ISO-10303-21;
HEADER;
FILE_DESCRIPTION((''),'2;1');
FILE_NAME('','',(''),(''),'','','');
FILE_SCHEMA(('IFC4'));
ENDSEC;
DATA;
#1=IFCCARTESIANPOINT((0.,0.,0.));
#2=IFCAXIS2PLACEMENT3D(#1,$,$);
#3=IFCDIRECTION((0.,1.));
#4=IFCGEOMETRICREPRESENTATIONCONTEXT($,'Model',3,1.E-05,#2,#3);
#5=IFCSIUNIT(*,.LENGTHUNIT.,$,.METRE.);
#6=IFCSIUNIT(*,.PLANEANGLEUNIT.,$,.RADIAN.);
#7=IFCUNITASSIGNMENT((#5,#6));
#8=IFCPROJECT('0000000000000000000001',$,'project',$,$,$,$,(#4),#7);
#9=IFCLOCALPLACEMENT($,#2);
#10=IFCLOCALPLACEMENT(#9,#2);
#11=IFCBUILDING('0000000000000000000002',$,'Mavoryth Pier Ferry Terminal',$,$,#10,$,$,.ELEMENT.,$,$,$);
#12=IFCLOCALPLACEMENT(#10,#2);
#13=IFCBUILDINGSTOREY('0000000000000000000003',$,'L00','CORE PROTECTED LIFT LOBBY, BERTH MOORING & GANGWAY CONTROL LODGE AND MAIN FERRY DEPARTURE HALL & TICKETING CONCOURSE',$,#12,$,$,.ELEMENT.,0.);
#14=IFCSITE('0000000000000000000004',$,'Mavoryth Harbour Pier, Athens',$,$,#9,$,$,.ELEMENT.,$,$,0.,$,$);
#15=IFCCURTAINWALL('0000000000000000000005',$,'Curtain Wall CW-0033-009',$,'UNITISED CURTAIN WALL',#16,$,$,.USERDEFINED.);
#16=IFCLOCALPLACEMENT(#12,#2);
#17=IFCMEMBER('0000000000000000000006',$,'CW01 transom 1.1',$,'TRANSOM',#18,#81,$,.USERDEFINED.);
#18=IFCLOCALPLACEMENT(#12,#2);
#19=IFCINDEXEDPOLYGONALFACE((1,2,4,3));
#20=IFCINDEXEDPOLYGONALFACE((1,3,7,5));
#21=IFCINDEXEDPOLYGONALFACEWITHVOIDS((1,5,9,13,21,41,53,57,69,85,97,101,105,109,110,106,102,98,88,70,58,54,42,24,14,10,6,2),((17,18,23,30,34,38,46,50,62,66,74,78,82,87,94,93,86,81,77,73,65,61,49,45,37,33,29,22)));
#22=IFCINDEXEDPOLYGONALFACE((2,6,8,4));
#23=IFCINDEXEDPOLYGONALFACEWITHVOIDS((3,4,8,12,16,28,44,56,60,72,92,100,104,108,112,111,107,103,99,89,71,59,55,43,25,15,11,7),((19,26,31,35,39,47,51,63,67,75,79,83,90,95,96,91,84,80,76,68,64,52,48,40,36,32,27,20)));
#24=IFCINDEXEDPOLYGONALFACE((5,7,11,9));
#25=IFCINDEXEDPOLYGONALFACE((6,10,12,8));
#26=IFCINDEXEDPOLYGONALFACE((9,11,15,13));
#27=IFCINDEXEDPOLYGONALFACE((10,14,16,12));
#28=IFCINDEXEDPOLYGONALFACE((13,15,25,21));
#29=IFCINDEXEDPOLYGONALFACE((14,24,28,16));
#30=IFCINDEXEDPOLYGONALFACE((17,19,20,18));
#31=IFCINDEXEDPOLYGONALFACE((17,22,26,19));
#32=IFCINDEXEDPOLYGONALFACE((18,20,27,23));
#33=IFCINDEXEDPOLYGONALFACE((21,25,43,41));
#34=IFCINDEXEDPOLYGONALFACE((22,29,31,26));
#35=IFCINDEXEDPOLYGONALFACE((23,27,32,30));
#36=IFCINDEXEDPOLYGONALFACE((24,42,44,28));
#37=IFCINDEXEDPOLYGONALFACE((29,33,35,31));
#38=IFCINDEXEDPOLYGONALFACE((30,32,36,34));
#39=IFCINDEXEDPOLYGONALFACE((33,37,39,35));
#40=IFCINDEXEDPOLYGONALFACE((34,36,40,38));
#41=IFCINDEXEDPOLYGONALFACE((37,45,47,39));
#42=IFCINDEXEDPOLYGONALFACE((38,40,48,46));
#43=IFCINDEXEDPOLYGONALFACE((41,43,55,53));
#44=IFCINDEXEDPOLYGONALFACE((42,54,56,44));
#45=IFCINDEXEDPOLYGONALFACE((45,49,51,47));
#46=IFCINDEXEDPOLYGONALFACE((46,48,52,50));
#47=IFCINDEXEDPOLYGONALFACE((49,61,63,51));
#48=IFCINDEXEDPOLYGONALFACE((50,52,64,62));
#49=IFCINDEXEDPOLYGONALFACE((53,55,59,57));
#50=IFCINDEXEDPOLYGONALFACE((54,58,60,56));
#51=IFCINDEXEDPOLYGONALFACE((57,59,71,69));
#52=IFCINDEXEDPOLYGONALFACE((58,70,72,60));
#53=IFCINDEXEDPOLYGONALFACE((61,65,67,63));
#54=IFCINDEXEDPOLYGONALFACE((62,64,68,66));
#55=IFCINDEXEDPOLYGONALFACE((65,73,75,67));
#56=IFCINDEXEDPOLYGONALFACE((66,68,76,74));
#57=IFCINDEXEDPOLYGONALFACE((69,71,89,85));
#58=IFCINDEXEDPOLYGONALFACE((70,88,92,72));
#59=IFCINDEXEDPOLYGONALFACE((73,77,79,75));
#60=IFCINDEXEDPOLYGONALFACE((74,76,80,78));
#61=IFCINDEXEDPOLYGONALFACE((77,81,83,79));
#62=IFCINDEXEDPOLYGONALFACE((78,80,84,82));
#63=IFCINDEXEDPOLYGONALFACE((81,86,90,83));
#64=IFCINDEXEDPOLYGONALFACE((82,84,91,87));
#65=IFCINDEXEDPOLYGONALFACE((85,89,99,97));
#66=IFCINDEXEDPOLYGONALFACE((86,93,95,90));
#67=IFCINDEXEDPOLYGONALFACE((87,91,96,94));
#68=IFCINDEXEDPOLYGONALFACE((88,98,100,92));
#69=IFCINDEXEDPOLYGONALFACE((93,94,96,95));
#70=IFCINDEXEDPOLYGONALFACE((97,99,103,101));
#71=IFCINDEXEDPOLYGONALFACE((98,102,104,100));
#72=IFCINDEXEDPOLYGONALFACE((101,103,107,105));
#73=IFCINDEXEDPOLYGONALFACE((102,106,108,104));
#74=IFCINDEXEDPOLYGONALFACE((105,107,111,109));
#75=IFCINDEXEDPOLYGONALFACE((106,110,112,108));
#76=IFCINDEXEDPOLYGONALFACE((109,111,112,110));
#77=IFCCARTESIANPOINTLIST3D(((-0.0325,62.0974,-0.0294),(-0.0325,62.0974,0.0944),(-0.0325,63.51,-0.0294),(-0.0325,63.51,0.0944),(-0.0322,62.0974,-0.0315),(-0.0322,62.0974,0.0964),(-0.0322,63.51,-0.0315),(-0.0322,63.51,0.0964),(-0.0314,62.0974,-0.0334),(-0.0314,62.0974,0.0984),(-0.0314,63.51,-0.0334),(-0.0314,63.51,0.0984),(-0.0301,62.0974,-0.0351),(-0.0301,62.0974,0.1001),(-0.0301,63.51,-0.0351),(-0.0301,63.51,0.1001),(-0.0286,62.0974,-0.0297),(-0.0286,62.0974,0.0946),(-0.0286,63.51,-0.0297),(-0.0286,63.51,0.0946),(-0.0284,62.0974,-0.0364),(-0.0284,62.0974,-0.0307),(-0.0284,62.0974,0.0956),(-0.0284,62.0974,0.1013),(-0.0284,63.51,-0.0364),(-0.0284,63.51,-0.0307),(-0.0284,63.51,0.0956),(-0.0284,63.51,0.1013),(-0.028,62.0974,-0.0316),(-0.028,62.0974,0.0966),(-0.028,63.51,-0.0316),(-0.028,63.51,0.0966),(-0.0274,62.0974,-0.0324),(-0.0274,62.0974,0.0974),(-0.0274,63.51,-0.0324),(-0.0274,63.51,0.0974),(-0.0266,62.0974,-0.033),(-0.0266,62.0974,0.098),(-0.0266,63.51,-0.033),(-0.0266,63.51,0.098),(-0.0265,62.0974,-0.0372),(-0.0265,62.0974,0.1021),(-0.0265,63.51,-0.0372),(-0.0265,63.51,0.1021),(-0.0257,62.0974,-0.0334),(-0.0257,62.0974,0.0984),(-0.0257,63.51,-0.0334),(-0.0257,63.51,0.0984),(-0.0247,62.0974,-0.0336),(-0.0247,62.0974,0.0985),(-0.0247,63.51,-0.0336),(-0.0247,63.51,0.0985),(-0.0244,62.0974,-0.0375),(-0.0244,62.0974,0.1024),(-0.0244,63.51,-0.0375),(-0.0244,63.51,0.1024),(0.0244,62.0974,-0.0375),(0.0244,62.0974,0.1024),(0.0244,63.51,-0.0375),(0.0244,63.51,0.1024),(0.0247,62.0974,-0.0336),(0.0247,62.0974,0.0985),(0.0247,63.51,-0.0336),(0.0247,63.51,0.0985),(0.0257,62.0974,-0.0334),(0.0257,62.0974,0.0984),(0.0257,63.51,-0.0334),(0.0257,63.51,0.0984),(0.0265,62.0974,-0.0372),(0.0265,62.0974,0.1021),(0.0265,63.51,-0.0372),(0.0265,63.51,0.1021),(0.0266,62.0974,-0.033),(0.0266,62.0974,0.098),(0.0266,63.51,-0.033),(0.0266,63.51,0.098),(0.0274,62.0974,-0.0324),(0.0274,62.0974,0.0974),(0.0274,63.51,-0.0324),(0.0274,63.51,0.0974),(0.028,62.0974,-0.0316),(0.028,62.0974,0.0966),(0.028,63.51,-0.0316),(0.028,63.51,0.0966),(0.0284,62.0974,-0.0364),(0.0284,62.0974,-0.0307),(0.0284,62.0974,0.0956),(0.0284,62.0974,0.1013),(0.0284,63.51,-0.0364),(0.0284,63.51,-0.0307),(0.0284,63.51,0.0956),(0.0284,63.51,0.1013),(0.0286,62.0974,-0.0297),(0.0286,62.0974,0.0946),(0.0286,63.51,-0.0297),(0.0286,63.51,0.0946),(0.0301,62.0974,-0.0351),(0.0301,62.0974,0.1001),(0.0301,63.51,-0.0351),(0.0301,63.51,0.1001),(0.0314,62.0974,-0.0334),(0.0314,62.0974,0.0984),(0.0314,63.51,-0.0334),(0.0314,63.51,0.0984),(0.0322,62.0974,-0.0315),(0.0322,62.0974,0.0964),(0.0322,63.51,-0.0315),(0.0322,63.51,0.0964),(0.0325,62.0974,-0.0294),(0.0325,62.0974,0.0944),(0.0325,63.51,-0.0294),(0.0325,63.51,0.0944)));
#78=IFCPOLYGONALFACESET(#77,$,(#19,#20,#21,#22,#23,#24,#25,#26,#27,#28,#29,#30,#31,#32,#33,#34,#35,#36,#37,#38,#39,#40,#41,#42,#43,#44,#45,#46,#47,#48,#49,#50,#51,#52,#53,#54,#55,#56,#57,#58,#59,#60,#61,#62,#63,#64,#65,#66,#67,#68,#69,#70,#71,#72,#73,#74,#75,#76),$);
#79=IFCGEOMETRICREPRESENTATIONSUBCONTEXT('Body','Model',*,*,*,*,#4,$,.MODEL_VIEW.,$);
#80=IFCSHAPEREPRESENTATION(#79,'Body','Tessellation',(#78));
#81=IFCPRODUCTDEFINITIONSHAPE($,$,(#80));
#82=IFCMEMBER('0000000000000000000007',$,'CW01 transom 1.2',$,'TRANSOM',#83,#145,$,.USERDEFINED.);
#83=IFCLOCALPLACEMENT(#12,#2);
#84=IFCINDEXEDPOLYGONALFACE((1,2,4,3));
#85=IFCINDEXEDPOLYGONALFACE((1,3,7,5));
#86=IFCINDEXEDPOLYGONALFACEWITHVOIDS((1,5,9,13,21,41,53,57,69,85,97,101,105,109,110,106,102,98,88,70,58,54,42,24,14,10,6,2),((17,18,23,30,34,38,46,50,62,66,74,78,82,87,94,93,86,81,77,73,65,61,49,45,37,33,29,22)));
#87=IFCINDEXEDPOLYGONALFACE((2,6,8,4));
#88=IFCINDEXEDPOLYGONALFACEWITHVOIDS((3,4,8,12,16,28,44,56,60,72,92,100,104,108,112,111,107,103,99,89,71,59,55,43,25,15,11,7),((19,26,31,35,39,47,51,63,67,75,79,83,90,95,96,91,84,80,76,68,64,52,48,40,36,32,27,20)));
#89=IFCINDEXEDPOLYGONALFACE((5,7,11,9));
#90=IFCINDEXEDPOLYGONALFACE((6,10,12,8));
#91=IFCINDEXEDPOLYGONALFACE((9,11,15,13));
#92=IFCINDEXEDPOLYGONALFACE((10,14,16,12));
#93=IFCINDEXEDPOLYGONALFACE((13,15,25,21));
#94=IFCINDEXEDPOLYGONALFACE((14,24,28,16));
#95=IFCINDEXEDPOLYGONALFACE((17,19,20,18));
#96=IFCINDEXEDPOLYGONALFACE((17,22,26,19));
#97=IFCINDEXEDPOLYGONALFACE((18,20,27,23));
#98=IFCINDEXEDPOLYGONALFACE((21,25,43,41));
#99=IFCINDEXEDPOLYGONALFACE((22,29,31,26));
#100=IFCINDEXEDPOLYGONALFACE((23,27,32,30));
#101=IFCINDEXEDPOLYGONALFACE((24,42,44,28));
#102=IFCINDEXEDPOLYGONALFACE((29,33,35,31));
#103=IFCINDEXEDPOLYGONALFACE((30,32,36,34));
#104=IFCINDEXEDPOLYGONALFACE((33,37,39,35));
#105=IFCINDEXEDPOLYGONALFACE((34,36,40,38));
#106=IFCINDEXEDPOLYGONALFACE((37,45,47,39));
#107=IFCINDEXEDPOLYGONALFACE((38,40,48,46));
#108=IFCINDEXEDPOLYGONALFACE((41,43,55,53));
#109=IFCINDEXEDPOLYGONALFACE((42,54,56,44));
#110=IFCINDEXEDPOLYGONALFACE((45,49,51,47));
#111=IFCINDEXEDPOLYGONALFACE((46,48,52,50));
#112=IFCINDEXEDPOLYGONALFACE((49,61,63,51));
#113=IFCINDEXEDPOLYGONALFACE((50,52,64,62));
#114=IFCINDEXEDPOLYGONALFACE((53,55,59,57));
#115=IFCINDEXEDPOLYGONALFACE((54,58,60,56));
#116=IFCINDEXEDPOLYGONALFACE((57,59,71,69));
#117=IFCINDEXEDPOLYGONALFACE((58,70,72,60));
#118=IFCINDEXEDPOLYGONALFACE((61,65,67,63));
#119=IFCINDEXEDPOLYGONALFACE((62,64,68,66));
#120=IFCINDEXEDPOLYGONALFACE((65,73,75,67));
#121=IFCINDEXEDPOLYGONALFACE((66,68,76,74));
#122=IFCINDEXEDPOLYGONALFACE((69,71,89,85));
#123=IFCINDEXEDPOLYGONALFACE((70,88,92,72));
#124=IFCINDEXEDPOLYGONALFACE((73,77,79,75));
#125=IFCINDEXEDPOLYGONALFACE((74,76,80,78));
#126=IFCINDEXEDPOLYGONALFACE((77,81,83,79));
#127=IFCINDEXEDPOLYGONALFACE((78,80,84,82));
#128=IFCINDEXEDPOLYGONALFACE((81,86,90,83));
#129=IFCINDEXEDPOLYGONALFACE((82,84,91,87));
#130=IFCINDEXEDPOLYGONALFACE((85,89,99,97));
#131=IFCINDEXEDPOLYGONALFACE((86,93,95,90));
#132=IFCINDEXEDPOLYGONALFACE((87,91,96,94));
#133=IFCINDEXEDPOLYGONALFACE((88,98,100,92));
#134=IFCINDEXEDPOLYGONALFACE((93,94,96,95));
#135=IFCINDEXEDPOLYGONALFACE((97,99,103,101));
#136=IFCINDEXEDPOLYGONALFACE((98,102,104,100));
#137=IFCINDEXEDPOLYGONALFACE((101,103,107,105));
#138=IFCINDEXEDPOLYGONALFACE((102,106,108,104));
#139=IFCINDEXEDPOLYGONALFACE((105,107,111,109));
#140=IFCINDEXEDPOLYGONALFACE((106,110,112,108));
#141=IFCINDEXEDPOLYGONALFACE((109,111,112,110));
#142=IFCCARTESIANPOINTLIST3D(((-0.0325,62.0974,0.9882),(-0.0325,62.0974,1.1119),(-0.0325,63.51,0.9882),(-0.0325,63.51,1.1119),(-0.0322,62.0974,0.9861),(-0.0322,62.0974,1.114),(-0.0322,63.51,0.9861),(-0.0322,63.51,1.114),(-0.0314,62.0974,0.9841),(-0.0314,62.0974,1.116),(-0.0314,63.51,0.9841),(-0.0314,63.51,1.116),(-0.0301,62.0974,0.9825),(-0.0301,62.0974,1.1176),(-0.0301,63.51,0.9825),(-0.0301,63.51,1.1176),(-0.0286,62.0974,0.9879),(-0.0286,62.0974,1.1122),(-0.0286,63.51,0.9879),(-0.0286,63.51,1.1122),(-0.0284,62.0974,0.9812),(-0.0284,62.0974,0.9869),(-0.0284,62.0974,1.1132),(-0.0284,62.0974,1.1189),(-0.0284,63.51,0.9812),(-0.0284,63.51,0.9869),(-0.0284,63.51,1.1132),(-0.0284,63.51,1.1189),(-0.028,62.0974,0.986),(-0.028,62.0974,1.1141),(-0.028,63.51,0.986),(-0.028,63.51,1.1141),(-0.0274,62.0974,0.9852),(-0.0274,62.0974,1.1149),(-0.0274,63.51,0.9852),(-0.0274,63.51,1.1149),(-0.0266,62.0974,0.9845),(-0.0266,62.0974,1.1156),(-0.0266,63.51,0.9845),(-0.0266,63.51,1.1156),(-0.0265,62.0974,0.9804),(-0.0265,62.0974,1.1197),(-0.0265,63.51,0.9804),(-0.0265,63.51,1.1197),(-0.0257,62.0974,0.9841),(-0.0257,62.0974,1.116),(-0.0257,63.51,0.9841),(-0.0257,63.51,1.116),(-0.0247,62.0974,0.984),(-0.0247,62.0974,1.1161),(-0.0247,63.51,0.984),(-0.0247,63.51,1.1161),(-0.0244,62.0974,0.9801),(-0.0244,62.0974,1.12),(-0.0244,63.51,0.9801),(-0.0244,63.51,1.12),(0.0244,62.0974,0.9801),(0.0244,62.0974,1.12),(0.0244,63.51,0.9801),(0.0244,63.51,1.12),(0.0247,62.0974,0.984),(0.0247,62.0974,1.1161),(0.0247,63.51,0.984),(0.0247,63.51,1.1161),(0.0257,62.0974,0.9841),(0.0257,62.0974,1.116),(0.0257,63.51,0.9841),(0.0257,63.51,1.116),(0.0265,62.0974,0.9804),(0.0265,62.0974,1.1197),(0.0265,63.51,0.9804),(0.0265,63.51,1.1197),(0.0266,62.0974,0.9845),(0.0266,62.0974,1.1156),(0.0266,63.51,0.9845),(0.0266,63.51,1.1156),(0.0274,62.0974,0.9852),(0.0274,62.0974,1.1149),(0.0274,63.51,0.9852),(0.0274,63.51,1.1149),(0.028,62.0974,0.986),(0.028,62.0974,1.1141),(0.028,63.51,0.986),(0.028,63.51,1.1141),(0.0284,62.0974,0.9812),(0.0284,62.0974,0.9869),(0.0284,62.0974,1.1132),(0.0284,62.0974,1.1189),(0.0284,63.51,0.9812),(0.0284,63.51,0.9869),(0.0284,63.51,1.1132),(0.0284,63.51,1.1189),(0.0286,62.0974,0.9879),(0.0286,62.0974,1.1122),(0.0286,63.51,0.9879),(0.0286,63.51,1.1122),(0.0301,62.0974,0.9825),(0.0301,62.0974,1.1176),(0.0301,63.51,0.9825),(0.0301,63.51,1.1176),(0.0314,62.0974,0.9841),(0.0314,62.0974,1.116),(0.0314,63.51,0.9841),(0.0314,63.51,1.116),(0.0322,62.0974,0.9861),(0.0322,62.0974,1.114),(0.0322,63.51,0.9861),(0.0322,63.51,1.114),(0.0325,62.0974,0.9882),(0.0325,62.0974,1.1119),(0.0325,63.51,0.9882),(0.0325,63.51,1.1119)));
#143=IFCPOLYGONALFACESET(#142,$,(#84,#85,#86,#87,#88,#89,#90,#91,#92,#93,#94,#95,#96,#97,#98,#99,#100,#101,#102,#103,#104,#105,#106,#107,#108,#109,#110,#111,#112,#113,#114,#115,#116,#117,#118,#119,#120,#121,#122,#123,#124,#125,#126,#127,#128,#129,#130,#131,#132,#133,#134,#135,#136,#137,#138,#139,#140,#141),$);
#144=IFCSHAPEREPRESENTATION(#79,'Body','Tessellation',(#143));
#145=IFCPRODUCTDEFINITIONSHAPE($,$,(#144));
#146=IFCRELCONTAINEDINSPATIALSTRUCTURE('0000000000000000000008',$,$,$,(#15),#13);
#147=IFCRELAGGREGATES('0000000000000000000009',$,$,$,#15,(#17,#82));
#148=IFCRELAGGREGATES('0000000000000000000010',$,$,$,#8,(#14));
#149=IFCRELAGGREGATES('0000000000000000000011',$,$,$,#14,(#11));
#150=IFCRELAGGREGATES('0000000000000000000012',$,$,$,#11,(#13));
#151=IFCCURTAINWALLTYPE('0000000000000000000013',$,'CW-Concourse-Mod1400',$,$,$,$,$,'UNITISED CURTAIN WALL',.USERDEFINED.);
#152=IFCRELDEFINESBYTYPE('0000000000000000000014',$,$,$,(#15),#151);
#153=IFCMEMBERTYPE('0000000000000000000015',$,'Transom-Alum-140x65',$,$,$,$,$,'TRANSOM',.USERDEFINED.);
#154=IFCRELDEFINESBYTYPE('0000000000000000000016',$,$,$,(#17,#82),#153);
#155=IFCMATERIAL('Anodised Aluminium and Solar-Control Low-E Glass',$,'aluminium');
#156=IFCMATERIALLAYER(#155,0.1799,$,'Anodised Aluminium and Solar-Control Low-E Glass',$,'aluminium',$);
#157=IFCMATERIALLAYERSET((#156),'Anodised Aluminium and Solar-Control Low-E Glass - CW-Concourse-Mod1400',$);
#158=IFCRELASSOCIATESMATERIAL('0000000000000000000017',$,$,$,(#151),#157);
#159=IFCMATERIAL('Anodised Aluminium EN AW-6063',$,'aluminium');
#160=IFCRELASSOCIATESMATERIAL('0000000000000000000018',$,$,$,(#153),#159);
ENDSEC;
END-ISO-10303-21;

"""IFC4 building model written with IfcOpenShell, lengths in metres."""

from ifc_helpers import new_model, si_unit, direction, frame, origin, origin_2d, place, context, subcontext, project, spatial, hollow_rectangle, extrude, material, layer, layer_set, material_profile, profile_set, type_object, element, aggregate, save


model = new_model("IFC4")

# Units and contexts
model_context = context("Model", 3, precision=1e-05, world=origin(), true_north=direction((0.0, 1.0)))
body_context = subcontext(model_context, "Body", "Model", "MODEL_VIEW")
ifc_project = project(units=[si_unit("LENGTHUNIT", "METRE"), si_unit("PLANEANGLEUNIT", "RADIAN")], contexts=[model_context])

# Site, building, storey
site_placement = place(None, origin())
site = spatial("IfcSite", under=ifc_project, at=site_placement, Name="Mavoryth Harbour Pier, Athens", CompositionType="ELEMENT", RefElevation=0.0)
building_placement = place(site_placement, origin())
building = spatial("IfcBuilding", under=site, at=building_placement, Name="Mavoryth Pier Ferry Terminal", CompositionType="ELEMENT")
storey_placement = place(building_placement, origin())
storey = spatial("IfcBuildingStorey", under=building, at=storey_placement, Name="L00", Description="CORE PROTECTED LIFT LOBBY, BERTH MOORING & GANGWAY CONTROL LODGE AND MAIN FERRY DEPARTURE HALL & TICKETING CONCOURSE", CompositionType="ELEMENT", Elevation=0.0)

# Curtain wall
ifc_material_1 = material(Name="Anodised Aluminium and Solar-Control Low-E Glass", Category="aluminium")
ifc_layer_1 = layer(ifc_material_1, 0.1799, Name="Anodised Aluminium and Solar-Control Low-E Glass", Category="aluminium")
ifc_layer_set_1 = layer_set([ifc_layer_1], Name="Anodised Aluminium and Solar-Control Low-E Glass - CW-Concourse-Mod1400")
curtain_wall_type = type_object("IfcCurtainWallType", Name="CW-Concourse-Mod1400", ElementType="UNITISED CURTAIN WALL", PredefinedType="USERDEFINED", material=ifc_layer_set_1)
curtain_wall_1_placement = place(storey_placement, origin())
curtain_wall_1 = element("IfcCurtainWall", 1, at=curtain_wall_1_placement, inside=storey, type_object=curtain_wall_type, Name="Curtain Wall CW-0033-009", ObjectType="UNITISED CURTAIN WALL", PredefinedType="USERDEFINED")
ifc_material_2 = material(Name="Anodised Aluminium EN AW-6063", Category="aluminium")

# Members
ifc_material_profile_1 = material_profile(ifc_material_2, hollow_rectangle(XDim=0.0649, YDim=0.1399, WallThickness=0.0039, InnerFilletRadius=0.0039, OuterFilletRadius=0.0081, at=origin_2d()), Name="AL-TRAN 140x65x4", Category="aluminium")
ifc_profile_set_1 = profile_set([ifc_material_profile_1], Name="Anodised Aluminium EN AW-6063 - AL-TRAN 140x65x4")
member_type_1 = type_object("IfcMemberType", Name="Transom-Alum-140x65", ElementType="TRANSOM", PredefinedType="USERDEFINED", material=ifc_profile_set_1)
member_1_placement = place(storey_placement, frame((0.0, 63.51, 0.0325), z_axis=(0.0, -1.0, 0.0), x_axis=(1.0, 0.0, 0.0)))
member_1 = element("IfcMember", 2, at=member_1_placement, type_object=member_type_1, Name="CW01 transom 1.1", ObjectType="TRANSOM", PredefinedType="USERDEFINED", context=body_context, shape_type="SweptSolid", body=[
    extrude(hollow_rectangle(XDim=0.0649, YDim=0.1399, WallThickness=0.0039, InnerFilletRadius=0.0039, OuterFilletRadius=0.0081, at=origin_2d()), origin(), (0.0, 0.0, 1.0), 1.4126),
])
member_2_placement = place(storey_placement, frame((0.0, 63.51, 1.05), z_axis=(0.0, -1.0, 0.0), x_axis=(1.0, 0.0, 0.0)))
member_2 = element("IfcMember", 3, at=member_2_placement, type_object=member_type_1, Name="CW01 transom 1.2", ObjectType="TRANSOM", PredefinedType="USERDEFINED", context=body_context, shape_type="SweptSolid", body=[
    extrude(hollow_rectangle(XDim=0.0649, YDim=0.1399, WallThickness=0.0039, InnerFilletRadius=0.0039, OuterFilletRadius=0.0081, at=origin_2d()), origin(), (0.0, 0.0, 1.0), 1.4126),
])

aggregate(curtain_wall_1, [member_1, member_2])

save(model, "model.ifc")
